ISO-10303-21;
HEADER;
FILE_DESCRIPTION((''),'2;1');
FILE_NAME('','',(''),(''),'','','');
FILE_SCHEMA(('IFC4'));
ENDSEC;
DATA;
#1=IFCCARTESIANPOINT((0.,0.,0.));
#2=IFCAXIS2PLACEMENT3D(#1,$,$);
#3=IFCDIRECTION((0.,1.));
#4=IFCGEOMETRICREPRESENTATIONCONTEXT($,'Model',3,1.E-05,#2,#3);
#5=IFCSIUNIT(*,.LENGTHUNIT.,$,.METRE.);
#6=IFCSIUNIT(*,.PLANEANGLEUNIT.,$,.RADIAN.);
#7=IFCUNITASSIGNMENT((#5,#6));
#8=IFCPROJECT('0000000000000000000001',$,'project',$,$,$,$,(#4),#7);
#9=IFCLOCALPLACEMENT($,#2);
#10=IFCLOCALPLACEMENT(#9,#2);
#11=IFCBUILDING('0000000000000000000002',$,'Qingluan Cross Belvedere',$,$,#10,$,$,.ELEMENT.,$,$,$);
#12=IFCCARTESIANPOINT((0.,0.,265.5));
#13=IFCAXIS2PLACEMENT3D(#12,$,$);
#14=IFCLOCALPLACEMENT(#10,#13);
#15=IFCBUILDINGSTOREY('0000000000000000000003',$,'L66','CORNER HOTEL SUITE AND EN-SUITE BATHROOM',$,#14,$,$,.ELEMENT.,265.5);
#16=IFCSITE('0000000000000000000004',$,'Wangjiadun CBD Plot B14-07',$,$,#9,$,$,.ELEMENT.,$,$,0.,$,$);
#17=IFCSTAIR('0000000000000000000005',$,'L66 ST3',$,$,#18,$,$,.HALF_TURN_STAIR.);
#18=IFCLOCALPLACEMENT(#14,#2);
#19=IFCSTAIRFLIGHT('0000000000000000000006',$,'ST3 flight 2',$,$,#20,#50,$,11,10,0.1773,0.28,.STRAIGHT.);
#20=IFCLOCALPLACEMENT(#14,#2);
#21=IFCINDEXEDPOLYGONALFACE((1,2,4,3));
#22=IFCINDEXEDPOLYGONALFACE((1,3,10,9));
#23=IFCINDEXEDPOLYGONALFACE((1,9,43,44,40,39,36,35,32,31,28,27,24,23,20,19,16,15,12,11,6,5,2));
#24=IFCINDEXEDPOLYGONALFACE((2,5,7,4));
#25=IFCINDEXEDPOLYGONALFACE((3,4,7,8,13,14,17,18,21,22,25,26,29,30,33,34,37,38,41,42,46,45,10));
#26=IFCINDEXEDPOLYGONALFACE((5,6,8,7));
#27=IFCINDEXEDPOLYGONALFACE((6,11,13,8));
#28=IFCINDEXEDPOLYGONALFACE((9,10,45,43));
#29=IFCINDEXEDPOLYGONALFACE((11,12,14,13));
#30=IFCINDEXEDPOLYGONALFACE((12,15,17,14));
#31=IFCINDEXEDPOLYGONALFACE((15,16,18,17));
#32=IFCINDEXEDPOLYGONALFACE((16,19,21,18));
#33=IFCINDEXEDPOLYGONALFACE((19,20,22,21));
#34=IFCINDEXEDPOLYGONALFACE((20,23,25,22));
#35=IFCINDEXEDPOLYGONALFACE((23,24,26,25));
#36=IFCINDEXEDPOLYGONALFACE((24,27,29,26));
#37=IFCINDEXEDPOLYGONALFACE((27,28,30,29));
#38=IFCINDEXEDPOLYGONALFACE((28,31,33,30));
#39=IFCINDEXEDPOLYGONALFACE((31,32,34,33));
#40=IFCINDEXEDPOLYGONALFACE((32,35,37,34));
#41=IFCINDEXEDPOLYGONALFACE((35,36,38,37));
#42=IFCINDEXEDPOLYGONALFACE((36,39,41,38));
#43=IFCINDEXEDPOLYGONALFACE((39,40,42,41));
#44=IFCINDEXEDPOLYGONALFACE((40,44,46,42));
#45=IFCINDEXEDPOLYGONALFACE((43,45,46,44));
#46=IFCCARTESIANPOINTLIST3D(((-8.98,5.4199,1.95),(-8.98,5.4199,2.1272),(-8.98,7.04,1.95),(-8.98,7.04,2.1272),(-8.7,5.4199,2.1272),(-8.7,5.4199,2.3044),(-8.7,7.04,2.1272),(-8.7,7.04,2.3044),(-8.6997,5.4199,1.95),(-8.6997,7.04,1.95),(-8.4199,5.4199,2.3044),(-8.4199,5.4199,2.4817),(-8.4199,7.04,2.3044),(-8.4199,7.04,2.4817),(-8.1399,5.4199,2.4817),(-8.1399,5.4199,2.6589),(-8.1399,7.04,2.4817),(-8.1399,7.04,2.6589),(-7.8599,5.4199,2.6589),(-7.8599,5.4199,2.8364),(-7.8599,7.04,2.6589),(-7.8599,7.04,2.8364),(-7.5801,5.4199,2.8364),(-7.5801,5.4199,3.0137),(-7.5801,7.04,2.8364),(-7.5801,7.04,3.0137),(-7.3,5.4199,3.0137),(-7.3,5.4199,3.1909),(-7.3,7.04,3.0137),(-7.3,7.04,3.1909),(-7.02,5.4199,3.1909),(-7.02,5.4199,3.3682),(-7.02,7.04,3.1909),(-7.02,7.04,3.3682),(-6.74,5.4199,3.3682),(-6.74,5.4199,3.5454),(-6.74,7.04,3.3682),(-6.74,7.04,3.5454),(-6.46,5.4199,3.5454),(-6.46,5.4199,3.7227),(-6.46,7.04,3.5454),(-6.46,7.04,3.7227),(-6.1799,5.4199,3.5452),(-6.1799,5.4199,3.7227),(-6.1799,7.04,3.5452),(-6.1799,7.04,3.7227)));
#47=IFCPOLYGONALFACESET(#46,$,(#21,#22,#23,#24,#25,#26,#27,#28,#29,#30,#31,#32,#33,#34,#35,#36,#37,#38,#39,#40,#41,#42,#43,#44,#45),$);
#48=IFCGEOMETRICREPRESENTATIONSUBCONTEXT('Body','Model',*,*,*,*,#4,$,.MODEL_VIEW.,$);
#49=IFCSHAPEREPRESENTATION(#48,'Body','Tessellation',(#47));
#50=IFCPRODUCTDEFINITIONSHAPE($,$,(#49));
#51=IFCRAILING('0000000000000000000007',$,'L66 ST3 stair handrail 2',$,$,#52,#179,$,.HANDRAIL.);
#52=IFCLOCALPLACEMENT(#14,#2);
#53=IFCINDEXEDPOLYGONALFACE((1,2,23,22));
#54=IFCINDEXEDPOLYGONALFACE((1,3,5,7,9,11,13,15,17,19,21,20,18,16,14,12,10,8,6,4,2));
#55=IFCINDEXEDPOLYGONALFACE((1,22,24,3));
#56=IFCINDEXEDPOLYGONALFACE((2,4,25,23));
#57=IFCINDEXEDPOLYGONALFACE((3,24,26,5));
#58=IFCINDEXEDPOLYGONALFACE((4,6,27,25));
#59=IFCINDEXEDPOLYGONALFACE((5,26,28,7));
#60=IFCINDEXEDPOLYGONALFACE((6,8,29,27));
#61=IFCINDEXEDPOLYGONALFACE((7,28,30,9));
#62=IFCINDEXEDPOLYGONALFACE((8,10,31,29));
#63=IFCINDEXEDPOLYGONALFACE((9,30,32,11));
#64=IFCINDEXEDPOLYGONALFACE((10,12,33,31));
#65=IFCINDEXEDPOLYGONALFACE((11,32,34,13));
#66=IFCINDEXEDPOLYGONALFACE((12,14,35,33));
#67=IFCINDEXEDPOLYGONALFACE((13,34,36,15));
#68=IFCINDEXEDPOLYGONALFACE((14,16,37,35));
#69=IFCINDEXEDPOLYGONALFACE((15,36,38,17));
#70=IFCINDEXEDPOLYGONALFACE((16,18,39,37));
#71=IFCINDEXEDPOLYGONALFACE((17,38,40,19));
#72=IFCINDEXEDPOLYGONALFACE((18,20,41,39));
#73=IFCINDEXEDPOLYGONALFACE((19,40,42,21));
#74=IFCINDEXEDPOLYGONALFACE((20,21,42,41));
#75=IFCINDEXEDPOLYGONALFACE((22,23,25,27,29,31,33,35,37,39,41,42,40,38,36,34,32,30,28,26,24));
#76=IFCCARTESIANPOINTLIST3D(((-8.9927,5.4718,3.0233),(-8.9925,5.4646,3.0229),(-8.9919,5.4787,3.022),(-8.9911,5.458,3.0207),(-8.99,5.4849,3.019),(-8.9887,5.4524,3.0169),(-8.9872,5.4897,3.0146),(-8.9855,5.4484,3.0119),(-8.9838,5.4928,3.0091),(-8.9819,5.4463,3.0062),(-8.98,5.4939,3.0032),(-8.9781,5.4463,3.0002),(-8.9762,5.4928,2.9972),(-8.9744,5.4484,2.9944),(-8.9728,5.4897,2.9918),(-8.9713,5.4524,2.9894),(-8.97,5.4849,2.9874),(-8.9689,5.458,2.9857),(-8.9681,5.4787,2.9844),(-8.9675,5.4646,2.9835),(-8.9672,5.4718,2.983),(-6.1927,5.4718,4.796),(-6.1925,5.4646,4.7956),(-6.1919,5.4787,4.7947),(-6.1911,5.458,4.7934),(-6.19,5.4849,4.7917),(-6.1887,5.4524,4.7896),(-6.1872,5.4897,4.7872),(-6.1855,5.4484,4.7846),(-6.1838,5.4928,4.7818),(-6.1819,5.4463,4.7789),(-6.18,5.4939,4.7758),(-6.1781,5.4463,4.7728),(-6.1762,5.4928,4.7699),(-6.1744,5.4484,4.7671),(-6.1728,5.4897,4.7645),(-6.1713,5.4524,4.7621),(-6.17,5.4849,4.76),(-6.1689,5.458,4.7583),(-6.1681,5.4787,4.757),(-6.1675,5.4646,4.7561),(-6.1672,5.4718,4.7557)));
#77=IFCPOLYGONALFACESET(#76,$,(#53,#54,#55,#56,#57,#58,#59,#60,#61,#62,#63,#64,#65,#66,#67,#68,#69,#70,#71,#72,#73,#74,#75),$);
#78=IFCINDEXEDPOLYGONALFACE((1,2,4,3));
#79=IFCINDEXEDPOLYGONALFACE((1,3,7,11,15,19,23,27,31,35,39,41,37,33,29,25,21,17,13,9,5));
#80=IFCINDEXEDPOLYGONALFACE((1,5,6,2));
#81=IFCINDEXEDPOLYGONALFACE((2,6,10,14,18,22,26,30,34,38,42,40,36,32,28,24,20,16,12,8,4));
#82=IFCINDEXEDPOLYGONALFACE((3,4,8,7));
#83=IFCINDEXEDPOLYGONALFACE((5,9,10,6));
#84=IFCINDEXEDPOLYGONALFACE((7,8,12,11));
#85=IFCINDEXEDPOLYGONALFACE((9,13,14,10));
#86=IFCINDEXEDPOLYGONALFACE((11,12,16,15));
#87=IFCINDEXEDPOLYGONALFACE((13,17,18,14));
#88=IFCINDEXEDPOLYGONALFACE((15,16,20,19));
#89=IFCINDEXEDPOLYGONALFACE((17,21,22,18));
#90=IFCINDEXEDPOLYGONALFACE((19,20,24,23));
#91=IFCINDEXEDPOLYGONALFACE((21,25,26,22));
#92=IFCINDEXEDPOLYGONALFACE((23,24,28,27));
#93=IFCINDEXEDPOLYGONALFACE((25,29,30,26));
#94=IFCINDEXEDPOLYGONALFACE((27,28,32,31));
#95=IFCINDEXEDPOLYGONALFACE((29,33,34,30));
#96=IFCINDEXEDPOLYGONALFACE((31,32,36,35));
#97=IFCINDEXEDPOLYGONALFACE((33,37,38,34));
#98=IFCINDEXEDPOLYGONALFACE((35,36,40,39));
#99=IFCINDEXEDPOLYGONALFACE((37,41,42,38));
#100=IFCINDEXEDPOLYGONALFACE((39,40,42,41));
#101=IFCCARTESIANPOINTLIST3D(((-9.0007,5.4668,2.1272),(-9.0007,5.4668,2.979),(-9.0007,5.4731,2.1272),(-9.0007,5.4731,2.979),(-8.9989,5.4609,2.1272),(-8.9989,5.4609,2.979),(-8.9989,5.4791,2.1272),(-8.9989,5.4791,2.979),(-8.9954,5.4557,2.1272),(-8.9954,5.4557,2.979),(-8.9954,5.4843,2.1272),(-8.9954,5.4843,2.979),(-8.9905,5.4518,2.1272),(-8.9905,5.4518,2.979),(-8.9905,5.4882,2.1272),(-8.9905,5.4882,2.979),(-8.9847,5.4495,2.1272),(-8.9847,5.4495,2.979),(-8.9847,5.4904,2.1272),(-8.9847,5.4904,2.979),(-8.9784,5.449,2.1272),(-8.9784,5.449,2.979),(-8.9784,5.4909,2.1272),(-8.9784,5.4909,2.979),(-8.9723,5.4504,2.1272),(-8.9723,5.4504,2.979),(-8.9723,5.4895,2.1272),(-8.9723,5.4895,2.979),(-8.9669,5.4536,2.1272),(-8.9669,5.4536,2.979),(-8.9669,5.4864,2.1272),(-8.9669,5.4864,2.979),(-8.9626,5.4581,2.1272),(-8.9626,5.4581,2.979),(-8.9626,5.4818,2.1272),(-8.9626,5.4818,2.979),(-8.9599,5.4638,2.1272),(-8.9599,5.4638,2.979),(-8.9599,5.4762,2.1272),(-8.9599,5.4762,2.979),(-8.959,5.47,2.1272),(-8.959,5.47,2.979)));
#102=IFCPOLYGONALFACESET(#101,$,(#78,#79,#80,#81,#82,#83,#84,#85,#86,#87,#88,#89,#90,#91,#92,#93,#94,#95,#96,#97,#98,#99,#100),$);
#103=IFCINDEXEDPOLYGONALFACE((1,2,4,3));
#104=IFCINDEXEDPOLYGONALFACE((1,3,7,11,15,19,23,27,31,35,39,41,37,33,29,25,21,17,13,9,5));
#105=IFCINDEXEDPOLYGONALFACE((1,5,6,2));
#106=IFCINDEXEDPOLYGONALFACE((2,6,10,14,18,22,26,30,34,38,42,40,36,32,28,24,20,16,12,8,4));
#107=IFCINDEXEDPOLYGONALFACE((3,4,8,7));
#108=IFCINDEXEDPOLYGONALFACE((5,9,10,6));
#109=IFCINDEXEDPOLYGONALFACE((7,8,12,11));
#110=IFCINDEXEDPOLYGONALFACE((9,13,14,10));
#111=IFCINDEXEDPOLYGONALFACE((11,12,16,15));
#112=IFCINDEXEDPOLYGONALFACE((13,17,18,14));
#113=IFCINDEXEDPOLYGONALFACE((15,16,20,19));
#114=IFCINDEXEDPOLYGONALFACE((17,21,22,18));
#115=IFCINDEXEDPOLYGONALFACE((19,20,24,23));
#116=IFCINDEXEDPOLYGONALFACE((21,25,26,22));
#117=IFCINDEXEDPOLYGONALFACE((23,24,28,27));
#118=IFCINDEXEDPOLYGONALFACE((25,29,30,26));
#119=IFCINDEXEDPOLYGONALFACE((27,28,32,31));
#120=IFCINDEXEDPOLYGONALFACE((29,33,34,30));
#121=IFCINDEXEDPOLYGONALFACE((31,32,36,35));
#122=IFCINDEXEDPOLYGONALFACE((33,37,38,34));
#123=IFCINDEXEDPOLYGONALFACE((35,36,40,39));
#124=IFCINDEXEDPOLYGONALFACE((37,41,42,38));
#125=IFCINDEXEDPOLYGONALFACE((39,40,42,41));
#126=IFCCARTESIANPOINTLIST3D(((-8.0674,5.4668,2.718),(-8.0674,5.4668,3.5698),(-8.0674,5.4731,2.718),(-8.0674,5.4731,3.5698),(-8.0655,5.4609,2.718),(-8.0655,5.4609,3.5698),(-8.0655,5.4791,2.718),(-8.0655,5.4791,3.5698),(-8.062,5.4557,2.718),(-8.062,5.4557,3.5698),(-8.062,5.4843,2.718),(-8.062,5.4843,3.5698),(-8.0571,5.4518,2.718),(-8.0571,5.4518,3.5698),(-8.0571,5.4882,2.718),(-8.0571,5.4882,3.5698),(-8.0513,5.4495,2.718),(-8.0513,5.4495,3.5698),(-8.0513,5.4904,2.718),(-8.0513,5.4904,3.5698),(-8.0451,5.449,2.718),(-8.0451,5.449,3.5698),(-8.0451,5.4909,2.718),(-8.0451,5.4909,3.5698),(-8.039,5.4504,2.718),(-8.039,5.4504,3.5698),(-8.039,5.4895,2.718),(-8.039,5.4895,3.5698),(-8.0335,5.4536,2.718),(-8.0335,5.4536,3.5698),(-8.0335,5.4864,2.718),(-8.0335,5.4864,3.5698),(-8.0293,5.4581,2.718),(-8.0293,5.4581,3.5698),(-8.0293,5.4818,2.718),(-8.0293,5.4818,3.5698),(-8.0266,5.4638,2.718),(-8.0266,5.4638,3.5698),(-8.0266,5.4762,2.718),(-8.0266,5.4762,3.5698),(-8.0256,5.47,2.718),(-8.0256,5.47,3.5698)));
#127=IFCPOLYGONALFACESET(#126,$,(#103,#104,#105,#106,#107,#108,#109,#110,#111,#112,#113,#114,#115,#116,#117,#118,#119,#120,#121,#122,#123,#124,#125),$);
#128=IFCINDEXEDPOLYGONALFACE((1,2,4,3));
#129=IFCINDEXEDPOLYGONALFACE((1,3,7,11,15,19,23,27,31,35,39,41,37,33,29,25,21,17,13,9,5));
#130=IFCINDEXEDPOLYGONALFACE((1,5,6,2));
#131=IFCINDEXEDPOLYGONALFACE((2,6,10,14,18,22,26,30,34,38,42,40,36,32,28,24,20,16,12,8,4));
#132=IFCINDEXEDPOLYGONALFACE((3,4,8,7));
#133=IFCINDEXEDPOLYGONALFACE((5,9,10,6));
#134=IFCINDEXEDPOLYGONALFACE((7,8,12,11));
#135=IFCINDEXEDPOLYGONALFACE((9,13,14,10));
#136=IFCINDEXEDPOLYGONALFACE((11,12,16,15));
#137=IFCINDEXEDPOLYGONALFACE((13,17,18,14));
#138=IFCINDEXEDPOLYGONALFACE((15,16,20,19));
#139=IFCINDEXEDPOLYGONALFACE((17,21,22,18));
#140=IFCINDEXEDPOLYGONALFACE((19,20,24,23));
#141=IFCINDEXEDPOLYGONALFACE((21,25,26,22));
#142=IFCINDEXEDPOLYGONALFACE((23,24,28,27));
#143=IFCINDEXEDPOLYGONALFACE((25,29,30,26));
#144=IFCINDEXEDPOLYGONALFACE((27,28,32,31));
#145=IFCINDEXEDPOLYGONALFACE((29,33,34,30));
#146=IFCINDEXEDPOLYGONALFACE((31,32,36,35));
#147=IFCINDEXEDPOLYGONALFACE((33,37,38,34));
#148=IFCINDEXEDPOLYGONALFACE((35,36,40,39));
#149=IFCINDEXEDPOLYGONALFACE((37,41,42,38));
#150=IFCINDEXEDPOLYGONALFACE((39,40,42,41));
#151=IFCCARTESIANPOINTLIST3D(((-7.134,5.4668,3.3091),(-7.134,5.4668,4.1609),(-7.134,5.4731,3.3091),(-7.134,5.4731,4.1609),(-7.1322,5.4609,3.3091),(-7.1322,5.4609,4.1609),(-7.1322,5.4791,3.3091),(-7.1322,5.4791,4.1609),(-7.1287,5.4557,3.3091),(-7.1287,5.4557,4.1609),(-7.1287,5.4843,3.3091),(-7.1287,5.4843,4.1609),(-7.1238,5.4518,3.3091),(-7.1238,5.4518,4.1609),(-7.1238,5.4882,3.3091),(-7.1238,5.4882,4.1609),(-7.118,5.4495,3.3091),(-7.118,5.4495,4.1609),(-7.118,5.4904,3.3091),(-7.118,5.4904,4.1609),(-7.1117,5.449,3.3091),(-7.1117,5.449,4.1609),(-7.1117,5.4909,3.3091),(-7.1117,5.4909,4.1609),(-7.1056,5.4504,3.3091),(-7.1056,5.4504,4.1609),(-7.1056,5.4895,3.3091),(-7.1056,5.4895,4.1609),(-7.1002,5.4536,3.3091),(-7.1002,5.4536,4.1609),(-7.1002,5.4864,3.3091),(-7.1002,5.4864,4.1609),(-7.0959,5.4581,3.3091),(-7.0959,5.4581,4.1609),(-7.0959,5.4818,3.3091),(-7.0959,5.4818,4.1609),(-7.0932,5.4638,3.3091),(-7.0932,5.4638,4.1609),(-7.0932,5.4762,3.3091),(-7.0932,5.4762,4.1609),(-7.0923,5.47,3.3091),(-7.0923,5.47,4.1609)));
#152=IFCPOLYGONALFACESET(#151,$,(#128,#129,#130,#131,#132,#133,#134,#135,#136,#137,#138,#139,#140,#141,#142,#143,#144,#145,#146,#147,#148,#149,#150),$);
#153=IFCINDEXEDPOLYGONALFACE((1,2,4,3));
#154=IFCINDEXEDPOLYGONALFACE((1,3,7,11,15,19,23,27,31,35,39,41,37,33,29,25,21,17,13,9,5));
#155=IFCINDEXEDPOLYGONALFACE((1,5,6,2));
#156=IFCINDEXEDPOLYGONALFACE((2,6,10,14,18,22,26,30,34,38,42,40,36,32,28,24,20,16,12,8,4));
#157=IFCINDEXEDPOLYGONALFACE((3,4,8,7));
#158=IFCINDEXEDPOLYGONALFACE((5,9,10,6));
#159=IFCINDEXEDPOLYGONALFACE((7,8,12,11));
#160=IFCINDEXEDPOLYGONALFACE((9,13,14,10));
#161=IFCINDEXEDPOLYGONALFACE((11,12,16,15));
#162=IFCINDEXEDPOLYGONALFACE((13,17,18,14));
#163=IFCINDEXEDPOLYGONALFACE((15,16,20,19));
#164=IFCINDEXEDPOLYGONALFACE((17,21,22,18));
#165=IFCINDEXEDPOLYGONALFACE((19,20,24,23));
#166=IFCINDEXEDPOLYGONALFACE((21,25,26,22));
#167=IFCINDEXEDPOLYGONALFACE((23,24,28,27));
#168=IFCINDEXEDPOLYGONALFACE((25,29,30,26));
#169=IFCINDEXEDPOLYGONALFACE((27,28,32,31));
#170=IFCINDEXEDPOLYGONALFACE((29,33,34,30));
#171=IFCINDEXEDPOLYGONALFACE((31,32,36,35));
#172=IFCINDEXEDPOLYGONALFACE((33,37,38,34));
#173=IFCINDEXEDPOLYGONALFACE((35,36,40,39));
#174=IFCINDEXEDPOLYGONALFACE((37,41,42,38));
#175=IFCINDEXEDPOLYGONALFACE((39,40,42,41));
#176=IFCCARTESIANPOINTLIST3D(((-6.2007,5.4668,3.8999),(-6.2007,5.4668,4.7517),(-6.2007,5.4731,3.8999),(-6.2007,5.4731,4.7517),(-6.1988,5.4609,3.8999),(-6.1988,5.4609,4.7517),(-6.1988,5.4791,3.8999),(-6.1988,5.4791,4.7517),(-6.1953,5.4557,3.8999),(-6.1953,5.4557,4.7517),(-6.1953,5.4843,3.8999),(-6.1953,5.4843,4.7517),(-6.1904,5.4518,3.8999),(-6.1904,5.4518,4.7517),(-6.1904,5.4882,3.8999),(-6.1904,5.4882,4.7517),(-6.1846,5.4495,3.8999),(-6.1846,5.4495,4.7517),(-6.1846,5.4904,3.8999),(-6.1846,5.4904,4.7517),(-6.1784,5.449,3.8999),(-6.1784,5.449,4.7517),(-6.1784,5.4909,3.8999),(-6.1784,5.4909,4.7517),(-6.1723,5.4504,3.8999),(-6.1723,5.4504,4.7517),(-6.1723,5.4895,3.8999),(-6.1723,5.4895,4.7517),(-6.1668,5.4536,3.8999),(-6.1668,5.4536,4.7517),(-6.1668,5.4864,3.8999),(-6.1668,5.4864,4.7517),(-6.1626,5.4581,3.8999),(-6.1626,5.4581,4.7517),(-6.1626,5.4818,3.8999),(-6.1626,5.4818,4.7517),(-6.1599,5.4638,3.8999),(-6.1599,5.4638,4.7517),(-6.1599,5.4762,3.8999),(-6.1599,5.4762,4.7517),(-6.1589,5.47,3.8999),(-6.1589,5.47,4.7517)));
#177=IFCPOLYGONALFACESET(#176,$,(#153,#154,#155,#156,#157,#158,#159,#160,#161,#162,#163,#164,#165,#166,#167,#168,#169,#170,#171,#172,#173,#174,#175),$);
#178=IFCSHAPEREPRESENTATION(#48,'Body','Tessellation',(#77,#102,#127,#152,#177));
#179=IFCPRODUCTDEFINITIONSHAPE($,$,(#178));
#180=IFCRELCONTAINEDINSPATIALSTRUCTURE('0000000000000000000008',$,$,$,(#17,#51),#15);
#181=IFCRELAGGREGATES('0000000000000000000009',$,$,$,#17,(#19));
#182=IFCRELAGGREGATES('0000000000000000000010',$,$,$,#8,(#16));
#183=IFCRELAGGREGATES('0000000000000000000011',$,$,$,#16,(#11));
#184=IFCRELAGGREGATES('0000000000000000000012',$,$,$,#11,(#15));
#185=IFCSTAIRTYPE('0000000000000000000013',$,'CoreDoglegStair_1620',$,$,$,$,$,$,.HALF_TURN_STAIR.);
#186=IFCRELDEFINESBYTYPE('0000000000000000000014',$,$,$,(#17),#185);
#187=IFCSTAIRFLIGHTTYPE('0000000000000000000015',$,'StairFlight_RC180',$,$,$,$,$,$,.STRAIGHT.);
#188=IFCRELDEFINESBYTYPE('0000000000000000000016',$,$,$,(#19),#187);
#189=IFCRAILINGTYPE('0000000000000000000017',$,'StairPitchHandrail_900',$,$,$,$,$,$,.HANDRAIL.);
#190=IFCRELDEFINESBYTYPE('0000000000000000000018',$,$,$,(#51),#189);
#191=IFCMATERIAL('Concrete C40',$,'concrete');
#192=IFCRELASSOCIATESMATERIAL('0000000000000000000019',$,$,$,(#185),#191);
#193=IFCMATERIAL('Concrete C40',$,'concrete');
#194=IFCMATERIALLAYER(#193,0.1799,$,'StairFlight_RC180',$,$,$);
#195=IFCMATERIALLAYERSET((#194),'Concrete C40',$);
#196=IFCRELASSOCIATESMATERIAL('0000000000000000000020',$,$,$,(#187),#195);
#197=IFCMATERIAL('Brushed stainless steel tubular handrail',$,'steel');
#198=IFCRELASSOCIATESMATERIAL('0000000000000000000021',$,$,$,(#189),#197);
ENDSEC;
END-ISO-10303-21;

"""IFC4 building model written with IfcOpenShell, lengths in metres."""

from ifc_helpers import new_model, si_unit, direction, frame, origin, origin_2d, place, context, subcontext, project, spatial, polyline, circle, outline, extrude, material, layer, layer_set, type_object, element, aggregate, save


model = new_model("IFC4")

# Units and contexts
model_context = context("Model", 3, precision=1e-05, world=origin(), true_north=direction((0.0, 1.0)))
body_context = subcontext(model_context, "Body", "Model", "MODEL_VIEW")
ifc_project = project(units=[si_unit("LENGTHUNIT", "METRE"), si_unit("PLANEANGLEUNIT", "RADIAN")], contexts=[model_context])

# Site, building, storey
site_placement = place(None, origin())
site = spatial("IfcSite", under=ifc_project, at=site_placement, Name="Wangjiadun CBD Plot B14-07", CompositionType="ELEMENT", RefElevation=0.0)
building_placement = place(site_placement, origin())
building = spatial("IfcBuilding", under=site, at=building_placement, Name="Qingluan Cross Belvedere", CompositionType="ELEMENT")
storey_placement = place(building_placement, frame((0.0, 0.0, 265.5)))
storey = spatial("IfcBuildingStorey", under=building, at=storey_placement, Name="L66", Description="CORNER HOTEL SUITE AND EN-SUITE BATHROOM", CompositionType="ELEMENT", Elevation=265.5)

# Stair, stair flight
ifc_material_1 = material(Name="Concrete C40", Category="concrete")
stair_type = type_object("IfcStairType", Name="CoreDoglegStair_1620", PredefinedType="HALF_TURN_STAIR", material=ifc_material_1)
stair_placement = place(storey_placement, origin())
stair = element("IfcStair", 1, at=stair_placement, inside=storey, type_object=stair_type, Name="L66 ST3", PredefinedType="HALF_TURN_STAIR")
ifc_material_2 = material(Name="Concrete C40", Category="concrete")
ifc_layer_1 = layer(ifc_material_2, 0.1799, Name="StairFlight_RC180")
ifc_layer_set_1 = layer_set([ifc_layer_1], Name="Concrete C40")
stair_flight_type = type_object("IfcStairFlightType", Name="StairFlight_RC180", PredefinedType="STRAIGHT", material=ifc_layer_set_1)
stair_flight_placement = place(storey_placement, frame((-8.98, 6.23, 1.95), z_axis=(0.0, 0.0, 1.0), x_axis=(1.0, 0.0, 0.0)))
stair_flight = element("IfcStairFlight", 2, at=stair_flight_placement, type_object=stair_flight_type, Name="ST3 flight 2", NumberOfRisers=11, NumberOfTreads=10, PredefinedType="STRAIGHT", RiserHeight=0.1773, TreadLength=0.28, context=body_context, shape_type="SweptSolid", body=[
    extrude(outline(polyline([(0.0, 0.0), (0.0, 0.1772), (0.28, 0.1772), (0.28, 0.3545), (0.5601, 0.3545), (0.5601, 0.5317), (0.8401, 0.5317), (0.8401, 0.709), (1.1201, 0.709), (1.1201, 0.8865), (1.3999, 0.8865), (1.3999, 1.0637), (1.6799, 1.0637), (1.6799, 1.241), (1.96, 1.241), (1.96, 1.4182), (2.24, 1.4182), (2.24, 1.5955), (2.52, 1.5955), (2.52, 1.7727), (2.8, 1.7727), (2.8, 1.95), (2.8, 1.5952), (0.2803, 0.0), (0.0, 0.0)])), frame((0.0, 0.8101, 0.0), z_axis=(0.0, -1.0, 0.0), x_axis=(1.0, 0.0, 0.0)), (0.0, 0.0, 1.0), 1.6201),
])
aggregate(stair, [stair_flight])

# Railing
ifc_material_3 = material(Name="Brushed stainless steel tubular handrail", Category="steel")
railing_type_1 = type_object("IfcRailingType", Name="StairPitchHandrail_900", PredefinedType="HANDRAIL", material=ifc_material_3)
railing_1_placement = place(storey_placement, frame((-8.98, 5.47, 2.1272)))
element("IfcRailing", 3, at=railing_1_placement, inside=storey, type_object=railing_type_1, Name="L66 ST3 stair handrail 2", PredefinedType="HANDRAIL", context=body_context, shape_type="SweptSolid", body=[
    extrude(circle(Radius=0.0239, at=origin_2d()), frame((0.0, 0.0, 0.876), z_axis=(0.844909, 0.0, 0.53491), x_axis=(0.0, 1.0, 0.0)), (0.0, 0.0, 1.0), 3.314),
    extrude(circle(Radius=0.021, at=origin_2d()), origin(), (0.0, 0.0, 1.0), 0.8518),
    extrude(circle(Radius=0.021, at=origin_2d()), frame((0.9333, 0.0, 0.5908)), (0.0, 0.0, 1.0), 0.8518),
    extrude(circle(Radius=0.021, at=origin_2d()), frame((1.8667, 0.0, 1.1819)), (0.0, 0.0, 1.0), 0.8518),
    extrude(circle(Radius=0.021, at=origin_2d()), frame((2.8, 0.0, 1.7727)), (0.0, 0.0, 1.0), 0.8518),
])

save(model, "model.ifc")
